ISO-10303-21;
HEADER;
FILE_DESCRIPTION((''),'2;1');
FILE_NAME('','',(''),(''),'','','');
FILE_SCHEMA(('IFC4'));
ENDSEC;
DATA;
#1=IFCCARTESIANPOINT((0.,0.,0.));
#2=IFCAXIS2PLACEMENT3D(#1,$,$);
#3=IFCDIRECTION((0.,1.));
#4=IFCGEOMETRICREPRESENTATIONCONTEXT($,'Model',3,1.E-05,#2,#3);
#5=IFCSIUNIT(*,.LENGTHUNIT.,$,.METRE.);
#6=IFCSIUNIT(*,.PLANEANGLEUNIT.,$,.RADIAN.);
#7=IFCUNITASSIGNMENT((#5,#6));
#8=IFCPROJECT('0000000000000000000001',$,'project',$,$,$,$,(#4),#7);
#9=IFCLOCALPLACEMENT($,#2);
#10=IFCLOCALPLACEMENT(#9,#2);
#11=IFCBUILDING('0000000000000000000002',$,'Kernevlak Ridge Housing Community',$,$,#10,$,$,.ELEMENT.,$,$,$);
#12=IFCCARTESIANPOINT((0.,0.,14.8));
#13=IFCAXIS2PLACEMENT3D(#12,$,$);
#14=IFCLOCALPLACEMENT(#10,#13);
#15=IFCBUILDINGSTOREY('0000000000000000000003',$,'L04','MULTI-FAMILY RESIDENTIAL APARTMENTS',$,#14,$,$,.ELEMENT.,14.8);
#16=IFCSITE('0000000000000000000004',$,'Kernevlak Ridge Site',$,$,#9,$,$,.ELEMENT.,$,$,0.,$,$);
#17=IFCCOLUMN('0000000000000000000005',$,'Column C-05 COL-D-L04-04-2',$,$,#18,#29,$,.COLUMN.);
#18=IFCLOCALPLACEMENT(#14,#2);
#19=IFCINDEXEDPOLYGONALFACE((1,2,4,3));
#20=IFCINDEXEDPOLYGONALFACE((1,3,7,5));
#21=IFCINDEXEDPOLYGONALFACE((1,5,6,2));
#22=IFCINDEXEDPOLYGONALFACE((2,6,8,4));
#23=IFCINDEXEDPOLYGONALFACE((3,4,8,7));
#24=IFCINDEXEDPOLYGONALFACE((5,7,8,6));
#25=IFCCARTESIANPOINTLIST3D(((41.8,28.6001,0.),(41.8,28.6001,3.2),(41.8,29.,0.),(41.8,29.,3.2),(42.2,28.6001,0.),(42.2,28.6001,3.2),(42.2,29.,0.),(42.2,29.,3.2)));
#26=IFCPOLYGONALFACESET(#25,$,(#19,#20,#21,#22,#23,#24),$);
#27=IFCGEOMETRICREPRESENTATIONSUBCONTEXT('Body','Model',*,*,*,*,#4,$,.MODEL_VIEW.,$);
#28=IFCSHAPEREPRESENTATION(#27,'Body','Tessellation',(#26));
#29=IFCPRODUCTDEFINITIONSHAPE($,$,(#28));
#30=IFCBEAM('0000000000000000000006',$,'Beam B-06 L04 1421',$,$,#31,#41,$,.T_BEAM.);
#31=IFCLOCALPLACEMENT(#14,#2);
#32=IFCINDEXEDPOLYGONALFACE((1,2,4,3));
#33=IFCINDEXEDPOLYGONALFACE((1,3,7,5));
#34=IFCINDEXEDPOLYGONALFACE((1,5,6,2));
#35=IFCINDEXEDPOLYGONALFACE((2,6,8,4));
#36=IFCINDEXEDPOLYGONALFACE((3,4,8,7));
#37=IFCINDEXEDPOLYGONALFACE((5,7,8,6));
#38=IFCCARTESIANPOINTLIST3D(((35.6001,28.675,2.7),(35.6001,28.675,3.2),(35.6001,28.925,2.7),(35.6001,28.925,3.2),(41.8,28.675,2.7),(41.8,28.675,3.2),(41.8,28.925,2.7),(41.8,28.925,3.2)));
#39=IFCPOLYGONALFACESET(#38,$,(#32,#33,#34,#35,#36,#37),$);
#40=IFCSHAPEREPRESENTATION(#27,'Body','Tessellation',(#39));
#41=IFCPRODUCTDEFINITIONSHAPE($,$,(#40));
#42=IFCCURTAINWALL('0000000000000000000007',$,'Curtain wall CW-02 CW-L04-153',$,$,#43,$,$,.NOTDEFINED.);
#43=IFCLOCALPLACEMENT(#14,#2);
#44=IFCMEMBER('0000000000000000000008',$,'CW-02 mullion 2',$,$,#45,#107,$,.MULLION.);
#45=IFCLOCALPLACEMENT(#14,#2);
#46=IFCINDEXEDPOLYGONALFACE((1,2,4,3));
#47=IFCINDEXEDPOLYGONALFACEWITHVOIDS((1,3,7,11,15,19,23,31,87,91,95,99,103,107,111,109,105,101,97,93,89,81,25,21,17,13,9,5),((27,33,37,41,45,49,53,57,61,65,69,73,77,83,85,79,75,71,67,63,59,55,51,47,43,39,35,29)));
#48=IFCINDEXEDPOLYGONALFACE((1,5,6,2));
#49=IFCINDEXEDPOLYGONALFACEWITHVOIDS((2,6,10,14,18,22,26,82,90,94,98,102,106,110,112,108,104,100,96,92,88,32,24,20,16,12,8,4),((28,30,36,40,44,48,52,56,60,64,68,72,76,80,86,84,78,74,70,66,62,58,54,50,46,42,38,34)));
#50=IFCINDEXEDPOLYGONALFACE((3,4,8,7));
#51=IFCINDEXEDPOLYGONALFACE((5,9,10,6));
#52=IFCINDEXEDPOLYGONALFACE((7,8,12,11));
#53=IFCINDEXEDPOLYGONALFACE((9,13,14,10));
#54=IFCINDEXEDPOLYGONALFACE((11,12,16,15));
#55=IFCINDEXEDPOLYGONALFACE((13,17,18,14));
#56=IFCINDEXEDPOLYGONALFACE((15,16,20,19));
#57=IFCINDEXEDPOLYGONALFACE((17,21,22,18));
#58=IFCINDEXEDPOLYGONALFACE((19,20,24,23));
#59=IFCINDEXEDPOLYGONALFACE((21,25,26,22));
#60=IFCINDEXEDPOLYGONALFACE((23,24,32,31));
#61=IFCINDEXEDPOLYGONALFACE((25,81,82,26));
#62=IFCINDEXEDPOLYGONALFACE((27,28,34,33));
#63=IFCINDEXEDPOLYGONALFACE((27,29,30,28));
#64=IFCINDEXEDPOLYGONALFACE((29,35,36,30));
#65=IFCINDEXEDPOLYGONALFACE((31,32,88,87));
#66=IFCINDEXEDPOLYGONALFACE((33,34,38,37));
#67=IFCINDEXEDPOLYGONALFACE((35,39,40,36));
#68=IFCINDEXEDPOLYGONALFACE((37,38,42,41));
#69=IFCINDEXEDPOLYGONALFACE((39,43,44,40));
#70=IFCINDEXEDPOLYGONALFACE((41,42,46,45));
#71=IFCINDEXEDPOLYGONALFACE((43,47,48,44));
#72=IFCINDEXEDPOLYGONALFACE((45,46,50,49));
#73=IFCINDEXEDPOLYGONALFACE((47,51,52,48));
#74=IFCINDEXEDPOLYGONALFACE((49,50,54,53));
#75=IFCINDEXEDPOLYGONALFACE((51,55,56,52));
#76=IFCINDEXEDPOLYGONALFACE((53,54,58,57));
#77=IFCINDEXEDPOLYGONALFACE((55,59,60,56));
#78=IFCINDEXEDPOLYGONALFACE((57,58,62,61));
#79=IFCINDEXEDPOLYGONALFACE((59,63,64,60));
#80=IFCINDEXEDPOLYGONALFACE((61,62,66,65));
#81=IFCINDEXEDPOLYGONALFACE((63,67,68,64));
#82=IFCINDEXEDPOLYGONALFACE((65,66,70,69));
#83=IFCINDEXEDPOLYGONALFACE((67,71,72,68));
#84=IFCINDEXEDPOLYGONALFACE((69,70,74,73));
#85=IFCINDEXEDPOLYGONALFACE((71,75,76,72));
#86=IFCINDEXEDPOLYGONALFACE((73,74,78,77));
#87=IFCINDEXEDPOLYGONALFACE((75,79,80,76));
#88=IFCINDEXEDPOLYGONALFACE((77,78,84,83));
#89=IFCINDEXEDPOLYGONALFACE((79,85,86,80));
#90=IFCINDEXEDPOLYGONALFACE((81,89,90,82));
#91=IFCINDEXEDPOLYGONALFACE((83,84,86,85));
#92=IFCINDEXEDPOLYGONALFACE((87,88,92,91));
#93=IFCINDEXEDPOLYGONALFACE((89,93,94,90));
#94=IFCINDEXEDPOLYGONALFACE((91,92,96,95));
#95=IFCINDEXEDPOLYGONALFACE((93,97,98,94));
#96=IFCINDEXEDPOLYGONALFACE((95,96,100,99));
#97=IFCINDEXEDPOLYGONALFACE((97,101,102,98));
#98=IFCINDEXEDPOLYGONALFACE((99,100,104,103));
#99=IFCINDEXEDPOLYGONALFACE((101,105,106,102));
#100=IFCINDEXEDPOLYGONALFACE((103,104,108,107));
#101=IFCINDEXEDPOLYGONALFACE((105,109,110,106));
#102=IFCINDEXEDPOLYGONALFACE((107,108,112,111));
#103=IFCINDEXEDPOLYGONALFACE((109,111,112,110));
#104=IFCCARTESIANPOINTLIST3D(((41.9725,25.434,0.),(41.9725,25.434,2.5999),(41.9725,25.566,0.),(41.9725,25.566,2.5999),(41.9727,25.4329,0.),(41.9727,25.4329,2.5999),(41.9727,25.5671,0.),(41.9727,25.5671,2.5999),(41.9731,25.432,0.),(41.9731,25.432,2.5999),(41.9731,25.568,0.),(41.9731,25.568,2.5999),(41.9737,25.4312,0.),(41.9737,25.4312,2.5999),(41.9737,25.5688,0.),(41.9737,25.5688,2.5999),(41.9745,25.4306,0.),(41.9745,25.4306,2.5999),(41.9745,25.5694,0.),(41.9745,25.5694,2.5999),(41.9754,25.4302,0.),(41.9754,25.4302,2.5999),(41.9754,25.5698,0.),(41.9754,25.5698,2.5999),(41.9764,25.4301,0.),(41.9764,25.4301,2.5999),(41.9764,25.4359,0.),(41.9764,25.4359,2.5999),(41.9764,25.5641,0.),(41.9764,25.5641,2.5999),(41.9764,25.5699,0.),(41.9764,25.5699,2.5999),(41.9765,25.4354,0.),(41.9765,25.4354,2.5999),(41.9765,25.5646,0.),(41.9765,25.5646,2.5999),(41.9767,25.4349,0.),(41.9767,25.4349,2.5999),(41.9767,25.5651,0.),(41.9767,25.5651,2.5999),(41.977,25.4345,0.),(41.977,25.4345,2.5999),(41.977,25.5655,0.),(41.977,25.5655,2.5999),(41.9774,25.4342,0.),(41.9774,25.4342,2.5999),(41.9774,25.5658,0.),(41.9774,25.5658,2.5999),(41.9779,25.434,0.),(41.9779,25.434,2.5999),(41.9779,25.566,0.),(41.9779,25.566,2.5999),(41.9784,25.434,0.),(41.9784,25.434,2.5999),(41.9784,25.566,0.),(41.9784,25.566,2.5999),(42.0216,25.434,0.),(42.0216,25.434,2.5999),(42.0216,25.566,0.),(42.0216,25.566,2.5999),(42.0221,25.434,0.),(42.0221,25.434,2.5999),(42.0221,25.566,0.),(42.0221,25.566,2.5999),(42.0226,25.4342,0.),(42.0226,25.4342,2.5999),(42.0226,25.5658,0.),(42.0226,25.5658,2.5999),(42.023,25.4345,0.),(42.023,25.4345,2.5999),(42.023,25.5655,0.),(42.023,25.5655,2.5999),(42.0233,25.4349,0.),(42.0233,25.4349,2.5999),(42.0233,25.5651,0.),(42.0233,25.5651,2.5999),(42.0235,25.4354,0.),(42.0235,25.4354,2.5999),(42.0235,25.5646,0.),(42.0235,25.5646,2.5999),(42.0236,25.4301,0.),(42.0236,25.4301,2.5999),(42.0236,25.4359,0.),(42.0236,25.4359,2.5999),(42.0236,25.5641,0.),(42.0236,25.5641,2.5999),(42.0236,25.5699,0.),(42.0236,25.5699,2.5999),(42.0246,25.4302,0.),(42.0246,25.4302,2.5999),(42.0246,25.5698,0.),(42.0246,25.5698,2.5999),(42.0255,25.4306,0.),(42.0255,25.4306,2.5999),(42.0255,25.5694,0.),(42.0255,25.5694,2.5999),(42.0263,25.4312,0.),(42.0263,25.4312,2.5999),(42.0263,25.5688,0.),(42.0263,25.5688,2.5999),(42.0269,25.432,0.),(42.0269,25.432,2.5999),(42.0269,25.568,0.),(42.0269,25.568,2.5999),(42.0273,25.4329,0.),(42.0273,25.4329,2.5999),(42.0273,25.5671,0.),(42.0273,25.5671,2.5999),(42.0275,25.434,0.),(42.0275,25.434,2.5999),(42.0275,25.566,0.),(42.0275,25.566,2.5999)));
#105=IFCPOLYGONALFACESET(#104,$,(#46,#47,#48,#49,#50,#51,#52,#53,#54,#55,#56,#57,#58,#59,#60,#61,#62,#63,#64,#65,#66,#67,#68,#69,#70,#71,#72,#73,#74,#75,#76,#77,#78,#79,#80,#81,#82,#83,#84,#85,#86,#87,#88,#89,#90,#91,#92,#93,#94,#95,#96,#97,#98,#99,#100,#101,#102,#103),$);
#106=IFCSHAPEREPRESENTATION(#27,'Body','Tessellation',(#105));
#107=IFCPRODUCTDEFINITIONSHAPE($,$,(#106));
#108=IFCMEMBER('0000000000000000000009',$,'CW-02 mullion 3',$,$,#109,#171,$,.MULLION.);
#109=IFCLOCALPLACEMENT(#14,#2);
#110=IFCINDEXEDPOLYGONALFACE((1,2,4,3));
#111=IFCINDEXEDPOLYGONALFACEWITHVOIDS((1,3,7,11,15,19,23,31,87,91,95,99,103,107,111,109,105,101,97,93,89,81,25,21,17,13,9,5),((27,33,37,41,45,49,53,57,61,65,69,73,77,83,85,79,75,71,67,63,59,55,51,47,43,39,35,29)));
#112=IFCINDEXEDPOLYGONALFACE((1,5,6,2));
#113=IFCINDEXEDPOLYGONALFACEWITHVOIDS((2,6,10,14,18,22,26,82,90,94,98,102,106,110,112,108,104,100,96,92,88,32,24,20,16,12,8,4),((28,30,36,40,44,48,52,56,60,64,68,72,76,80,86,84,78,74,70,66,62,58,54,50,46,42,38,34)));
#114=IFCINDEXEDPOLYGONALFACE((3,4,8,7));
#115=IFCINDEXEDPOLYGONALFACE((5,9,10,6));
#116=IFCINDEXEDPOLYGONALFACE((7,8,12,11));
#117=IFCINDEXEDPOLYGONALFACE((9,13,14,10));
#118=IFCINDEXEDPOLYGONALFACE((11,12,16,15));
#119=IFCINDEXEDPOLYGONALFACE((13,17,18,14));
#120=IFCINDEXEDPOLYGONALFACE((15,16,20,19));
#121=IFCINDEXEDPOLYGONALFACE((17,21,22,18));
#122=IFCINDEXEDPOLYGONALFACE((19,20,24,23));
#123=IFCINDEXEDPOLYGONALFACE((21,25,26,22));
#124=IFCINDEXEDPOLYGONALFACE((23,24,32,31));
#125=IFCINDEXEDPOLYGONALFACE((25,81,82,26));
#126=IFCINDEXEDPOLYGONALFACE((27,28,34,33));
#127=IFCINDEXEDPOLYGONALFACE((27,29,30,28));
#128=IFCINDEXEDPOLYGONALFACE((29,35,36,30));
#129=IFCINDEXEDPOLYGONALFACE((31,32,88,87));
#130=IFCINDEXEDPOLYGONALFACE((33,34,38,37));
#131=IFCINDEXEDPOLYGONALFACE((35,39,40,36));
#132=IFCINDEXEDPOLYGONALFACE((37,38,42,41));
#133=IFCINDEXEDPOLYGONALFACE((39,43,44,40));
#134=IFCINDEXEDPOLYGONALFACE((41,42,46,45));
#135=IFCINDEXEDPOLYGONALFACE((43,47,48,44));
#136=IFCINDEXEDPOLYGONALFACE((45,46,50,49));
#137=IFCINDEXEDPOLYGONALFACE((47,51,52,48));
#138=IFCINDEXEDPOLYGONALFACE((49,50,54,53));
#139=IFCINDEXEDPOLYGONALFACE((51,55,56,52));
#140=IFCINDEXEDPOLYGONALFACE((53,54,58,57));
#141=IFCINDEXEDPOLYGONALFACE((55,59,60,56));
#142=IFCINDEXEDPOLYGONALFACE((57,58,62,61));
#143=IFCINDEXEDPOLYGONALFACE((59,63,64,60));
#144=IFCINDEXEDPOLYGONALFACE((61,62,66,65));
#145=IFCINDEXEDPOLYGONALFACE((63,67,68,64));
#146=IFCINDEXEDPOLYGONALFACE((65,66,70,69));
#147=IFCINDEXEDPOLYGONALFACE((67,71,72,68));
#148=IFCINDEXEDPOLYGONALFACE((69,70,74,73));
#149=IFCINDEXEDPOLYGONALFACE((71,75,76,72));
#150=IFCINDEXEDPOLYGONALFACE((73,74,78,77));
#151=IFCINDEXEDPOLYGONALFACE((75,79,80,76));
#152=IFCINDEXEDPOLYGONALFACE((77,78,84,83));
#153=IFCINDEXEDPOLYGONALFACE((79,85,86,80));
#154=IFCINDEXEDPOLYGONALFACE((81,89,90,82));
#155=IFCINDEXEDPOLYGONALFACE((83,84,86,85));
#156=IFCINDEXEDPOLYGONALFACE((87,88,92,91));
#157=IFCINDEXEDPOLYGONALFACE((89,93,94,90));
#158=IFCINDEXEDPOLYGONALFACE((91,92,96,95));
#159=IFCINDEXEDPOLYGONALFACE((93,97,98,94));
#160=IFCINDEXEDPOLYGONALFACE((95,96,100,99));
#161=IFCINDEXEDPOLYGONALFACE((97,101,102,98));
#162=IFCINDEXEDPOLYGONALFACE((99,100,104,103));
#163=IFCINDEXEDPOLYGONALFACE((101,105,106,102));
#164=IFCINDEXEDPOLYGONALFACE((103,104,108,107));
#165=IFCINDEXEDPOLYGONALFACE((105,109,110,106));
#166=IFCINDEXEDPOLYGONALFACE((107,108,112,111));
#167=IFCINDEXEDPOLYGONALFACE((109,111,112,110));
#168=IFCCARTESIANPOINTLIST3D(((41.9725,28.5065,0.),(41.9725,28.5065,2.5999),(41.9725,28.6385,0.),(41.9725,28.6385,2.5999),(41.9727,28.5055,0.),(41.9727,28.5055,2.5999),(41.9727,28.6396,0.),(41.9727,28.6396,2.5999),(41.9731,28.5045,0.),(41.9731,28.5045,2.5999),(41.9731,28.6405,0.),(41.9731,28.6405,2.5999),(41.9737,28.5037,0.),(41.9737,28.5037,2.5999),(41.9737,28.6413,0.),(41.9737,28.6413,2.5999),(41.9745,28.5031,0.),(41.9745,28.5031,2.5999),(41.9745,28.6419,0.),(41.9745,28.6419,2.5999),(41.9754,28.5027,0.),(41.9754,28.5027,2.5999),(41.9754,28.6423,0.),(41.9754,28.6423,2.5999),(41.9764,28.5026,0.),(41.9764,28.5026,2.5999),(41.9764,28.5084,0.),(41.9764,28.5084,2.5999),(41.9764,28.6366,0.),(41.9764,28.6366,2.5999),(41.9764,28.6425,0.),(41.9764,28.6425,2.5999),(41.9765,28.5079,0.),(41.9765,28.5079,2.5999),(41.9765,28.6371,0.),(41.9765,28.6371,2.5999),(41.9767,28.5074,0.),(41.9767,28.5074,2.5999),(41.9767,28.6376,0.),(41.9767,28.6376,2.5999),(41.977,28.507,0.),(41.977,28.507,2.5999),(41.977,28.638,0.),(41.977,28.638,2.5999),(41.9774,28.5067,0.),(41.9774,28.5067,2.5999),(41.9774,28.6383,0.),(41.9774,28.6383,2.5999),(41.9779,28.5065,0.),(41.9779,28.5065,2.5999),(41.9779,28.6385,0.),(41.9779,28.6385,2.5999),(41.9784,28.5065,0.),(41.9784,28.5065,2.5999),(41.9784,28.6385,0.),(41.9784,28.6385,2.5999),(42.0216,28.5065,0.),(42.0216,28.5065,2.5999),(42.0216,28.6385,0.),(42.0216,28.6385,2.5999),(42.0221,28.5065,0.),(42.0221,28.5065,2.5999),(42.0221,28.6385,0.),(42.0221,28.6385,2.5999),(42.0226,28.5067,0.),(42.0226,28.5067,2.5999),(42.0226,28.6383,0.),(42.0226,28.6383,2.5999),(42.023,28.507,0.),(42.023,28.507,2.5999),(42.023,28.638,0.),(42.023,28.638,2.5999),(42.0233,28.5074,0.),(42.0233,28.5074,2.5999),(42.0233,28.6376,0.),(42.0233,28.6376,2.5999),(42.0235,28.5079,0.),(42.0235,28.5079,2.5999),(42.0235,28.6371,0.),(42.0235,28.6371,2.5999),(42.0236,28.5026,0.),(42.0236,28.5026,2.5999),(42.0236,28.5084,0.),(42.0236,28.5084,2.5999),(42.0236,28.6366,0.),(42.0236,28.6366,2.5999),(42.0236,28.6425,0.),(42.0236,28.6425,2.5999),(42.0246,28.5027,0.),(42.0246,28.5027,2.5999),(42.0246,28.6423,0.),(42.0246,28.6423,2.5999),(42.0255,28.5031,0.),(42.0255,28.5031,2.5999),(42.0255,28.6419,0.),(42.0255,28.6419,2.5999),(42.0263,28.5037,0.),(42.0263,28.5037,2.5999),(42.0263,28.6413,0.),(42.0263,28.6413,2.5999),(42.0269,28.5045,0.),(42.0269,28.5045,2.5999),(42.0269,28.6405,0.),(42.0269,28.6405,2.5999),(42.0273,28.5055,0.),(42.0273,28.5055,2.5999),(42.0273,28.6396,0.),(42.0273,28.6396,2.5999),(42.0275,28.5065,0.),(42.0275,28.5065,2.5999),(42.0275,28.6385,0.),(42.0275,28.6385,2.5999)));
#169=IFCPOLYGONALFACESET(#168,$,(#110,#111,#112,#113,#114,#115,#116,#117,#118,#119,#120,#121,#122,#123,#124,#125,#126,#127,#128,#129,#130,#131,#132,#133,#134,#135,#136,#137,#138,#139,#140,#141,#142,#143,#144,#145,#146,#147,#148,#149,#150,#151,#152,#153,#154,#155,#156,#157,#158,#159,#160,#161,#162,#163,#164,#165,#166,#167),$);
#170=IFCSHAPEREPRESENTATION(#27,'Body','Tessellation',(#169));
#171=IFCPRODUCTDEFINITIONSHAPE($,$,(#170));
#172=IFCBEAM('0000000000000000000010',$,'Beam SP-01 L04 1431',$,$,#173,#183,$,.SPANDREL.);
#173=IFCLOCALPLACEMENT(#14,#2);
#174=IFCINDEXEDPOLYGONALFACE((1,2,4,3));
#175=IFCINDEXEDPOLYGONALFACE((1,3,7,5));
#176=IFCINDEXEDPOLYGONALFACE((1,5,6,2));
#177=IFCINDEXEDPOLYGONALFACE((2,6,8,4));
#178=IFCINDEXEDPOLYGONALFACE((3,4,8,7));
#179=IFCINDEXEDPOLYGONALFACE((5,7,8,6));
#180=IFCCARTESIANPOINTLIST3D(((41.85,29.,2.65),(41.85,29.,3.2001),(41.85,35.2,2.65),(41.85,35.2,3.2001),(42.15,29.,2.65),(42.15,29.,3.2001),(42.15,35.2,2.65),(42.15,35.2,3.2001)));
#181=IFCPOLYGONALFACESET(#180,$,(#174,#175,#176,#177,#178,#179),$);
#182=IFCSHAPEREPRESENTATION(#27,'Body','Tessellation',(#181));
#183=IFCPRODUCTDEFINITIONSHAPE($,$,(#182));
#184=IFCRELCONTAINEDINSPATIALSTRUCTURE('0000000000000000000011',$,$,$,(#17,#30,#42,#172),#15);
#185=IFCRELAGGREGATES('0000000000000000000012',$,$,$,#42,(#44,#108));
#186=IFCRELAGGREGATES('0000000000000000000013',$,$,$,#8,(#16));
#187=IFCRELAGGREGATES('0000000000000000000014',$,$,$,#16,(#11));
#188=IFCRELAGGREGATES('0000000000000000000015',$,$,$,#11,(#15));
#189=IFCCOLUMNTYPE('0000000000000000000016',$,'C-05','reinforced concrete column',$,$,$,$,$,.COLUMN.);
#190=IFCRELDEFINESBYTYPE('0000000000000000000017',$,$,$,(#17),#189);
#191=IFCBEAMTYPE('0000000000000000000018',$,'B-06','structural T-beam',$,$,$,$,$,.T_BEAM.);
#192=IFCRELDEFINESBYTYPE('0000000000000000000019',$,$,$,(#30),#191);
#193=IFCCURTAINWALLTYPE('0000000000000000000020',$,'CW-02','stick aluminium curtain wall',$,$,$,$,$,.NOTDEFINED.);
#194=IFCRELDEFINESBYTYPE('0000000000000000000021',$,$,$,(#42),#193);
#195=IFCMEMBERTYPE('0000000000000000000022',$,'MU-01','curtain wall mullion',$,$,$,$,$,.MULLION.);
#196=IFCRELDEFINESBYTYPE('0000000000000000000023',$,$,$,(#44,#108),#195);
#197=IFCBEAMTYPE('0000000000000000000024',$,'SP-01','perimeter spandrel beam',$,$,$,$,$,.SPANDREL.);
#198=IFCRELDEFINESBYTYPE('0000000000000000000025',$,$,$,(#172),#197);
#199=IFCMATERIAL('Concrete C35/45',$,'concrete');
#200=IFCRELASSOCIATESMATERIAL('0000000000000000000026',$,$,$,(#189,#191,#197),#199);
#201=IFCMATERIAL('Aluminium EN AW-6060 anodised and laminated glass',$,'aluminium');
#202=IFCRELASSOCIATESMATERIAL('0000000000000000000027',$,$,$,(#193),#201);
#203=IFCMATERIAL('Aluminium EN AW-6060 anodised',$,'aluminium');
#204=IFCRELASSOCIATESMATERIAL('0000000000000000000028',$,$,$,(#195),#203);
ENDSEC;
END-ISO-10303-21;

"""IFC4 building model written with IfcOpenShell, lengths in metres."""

from ifc_helpers import new_model, si_unit, direction, frame, origin, origin_2d, place, context, subcontext, project, spatial, rectangle, hollow_rectangle, extrude, material, material_profile, profile_set, type_object, element, aggregate, save


model = new_model("IFC4")

# Units and contexts
model_context = context("Model", 3, precision=1e-05, world=origin(), true_north=direction((0.0, 1.0)))
body_context = subcontext(model_context, "Body", "Model", "MODEL_VIEW")
ifc_project = project(units=[si_unit("LENGTHUNIT", "METRE"), si_unit("PLANEANGLEUNIT", "RADIAN")], contexts=[model_context])

# Site, building, storey
site_placement = place(None, origin())
site = spatial("IfcSite", under=ifc_project, at=site_placement, Name="Kernevlak Ridge Site", CompositionType="ELEMENT", RefElevation=0.0)
building_placement = place(site_placement, origin())
building = spatial("IfcBuilding", under=site, at=building_placement, Name="Kernevlak Ridge Housing Community", CompositionType="ELEMENT")
storey_placement = place(building_placement, frame((0.0, 0.0, 14.8)))
storey = spatial("IfcBuildingStorey", under=building, at=storey_placement, Name="L04", Description="MULTI-FAMILY RESIDENTIAL APARTMENTS", CompositionType="ELEMENT", Elevation=14.8)

# Column
ifc_material_1 = material(Name="Concrete C35/45", Category="concrete")
ifc_material_profile_1 = material_profile(ifc_material_1, rectangle(XDim=0.3999, YDim=0.3999, at=origin_2d()), Name="RC 400x400")
ifc_profile_set_1 = profile_set([ifc_material_profile_1], Name="Concrete C35/45")
column_type = type_object("IfcColumnType", Name="C-05", Description="reinforced concrete column", PredefinedType="COLUMN", material=ifc_profile_set_1)
column_placement = place(storey_placement, frame((42.0, 28.8, 0.0), z_axis=(0.0, 0.0, 1.0), x_axis=(1.0, 0.0, 0.0)))
element("IfcColumn", 1, at=column_placement, inside=storey, type_object=column_type, Name="Column C-05 COL-D-L04-04-2", PredefinedType="COLUMN", context=body_context, shape_type="SweptSolid", body=[
    extrude(rectangle(XDim=0.3999, YDim=0.3999, at=origin_2d()), origin(), (0.0, 0.0, 1.0), 3.2),
])

# Beam
ifc_material_profile_2 = material_profile(ifc_material_1, rectangle(XDim=0.25, YDim=0.5, at=origin_2d()), Name="RC 250x500")
ifc_profile_set_2 = profile_set([ifc_material_profile_2], Name="Concrete C35/45")
beam_type_1 = type_object("IfcBeamType", Name="B-06", Description="structural T-beam", PredefinedType="T_BEAM", material=ifc_profile_set_2)
beam_1_placement = place(storey_placement, frame((35.6001, 28.8, 2.95), z_axis=(1.0, 0.0, 0.0), x_axis=(0.0, 1.0, 0.0)))
element("IfcBeam", 2, at=beam_1_placement, inside=storey, type_object=beam_type_1, Name="Beam B-06 L04 1421", PredefinedType="T_BEAM", context=body_context, shape_type="SweptSolid", body=[
    extrude(rectangle(XDim=0.25, YDim=0.5, at=origin_2d()), origin(), (0.0, 0.0, 1.0), 6.2),
])

# Curtain wall, members
ifc_material_2 = material(Name="Aluminium EN AW-6060 anodised and laminated glass", Category="aluminium")
curtain_wall_type = type_object("IfcCurtainWallType", Name="CW-02", Description="stick aluminium curtain wall", PredefinedType="NOTDEFINED", material=ifc_material_2)
curtain_wall_placement = place(storey_placement, origin())
curtain_wall = element("IfcCurtainWall", 3, at=curtain_wall_placement, inside=storey, type_object=curtain_wall_type, Name="Curtain wall CW-02 CW-L04-153", PredefinedType="NOTDEFINED")
ifc_material_3 = material(Name="Aluminium EN AW-6060 anodised", Category="aluminium")
ifc_material_profile_3 = material_profile(ifc_material_3, hollow_rectangle(XDim=0.0549, YDim=0.1399, WallThickness=0.0039, InnerFilletRadius=0.002, OuterFilletRadius=0.0039, at=origin_2d()), Name="ALU 55x140x4")
ifc_profile_set_3 = profile_set([ifc_material_profile_3], Name="Aluminium EN AW-6060 anodised")
member_type_1 = type_object("IfcMemberType", Name="MU-01", Description="curtain wall mullion", PredefinedType="MULLION", material=ifc_profile_set_3)
member_1_placement = place(storey_placement, frame((42.0, 25.5, 0.0), z_axis=(0.0, 0.0, 1.0), x_axis=(-1.0, 0.0, 0.0)))
member_1 = element("IfcMember", 4, at=member_1_placement, type_object=member_type_1, Name="CW-02 mullion 2", PredefinedType="MULLION", context=body_context, shape_type="SweptSolid", body=[
    extrude(hollow_rectangle(XDim=0.0549, YDim=0.1399, WallThickness=0.0039, InnerFilletRadius=0.002, OuterFilletRadius=0.0039, at=origin_2d()), origin(), (0.0, 0.0, 1.0), 2.5999),
])
member_2_placement = place(storey_placement, frame((42.0, 28.5725, 0.0), z_axis=(0.0, 0.0, 1.0), x_axis=(-1.0, 0.0, 0.0)))
member_2 = element("IfcMember", 5, at=member_2_placement, type_object=member_type_1, Name="CW-02 mullion 3", PredefinedType="MULLION", context=body_context, shape_type="SweptSolid", body=[
    extrude(hollow_rectangle(XDim=0.0549, YDim=0.1399, WallThickness=0.0039, InnerFilletRadius=0.002, OuterFilletRadius=0.0039, at=origin_2d()), origin(), (0.0, 0.0, 1.0), 2.5999),
])

# Beam
ifc_material_profile_4 = material_profile(ifc_material_1, rectangle(XDim=0.3, YDim=0.55, at=origin_2d()), Name="RC 300x550")
ifc_profile_set_4 = profile_set([ifc_material_profile_4], Name="Concrete C35/45")
beam_type_2 = type_object("IfcBeamType", Name="SP-01", Description="perimeter spandrel beam", PredefinedType="SPANDREL", material=ifc_profile_set_4)
beam_2_placement = place(storey_placement, frame((42.0, 29.0, 2.925), z_axis=(0.0, 1.0, 0.0), x_axis=(-1.0, 0.0, 0.0)))
element("IfcBeam", 6, at=beam_2_placement, inside=storey, type_object=beam_type_2, Name="Beam SP-01 L04 1431", PredefinedType="SPANDREL", context=body_context, shape_type="SweptSolid", body=[
    extrude(rectangle(XDim=0.3, YDim=0.55, at=origin_2d()), origin(), (0.0, 0.0, 1.0), 6.2),
])

aggregate(curtain_wall, [member_1, member_2])

save(model, "model.ifc")
